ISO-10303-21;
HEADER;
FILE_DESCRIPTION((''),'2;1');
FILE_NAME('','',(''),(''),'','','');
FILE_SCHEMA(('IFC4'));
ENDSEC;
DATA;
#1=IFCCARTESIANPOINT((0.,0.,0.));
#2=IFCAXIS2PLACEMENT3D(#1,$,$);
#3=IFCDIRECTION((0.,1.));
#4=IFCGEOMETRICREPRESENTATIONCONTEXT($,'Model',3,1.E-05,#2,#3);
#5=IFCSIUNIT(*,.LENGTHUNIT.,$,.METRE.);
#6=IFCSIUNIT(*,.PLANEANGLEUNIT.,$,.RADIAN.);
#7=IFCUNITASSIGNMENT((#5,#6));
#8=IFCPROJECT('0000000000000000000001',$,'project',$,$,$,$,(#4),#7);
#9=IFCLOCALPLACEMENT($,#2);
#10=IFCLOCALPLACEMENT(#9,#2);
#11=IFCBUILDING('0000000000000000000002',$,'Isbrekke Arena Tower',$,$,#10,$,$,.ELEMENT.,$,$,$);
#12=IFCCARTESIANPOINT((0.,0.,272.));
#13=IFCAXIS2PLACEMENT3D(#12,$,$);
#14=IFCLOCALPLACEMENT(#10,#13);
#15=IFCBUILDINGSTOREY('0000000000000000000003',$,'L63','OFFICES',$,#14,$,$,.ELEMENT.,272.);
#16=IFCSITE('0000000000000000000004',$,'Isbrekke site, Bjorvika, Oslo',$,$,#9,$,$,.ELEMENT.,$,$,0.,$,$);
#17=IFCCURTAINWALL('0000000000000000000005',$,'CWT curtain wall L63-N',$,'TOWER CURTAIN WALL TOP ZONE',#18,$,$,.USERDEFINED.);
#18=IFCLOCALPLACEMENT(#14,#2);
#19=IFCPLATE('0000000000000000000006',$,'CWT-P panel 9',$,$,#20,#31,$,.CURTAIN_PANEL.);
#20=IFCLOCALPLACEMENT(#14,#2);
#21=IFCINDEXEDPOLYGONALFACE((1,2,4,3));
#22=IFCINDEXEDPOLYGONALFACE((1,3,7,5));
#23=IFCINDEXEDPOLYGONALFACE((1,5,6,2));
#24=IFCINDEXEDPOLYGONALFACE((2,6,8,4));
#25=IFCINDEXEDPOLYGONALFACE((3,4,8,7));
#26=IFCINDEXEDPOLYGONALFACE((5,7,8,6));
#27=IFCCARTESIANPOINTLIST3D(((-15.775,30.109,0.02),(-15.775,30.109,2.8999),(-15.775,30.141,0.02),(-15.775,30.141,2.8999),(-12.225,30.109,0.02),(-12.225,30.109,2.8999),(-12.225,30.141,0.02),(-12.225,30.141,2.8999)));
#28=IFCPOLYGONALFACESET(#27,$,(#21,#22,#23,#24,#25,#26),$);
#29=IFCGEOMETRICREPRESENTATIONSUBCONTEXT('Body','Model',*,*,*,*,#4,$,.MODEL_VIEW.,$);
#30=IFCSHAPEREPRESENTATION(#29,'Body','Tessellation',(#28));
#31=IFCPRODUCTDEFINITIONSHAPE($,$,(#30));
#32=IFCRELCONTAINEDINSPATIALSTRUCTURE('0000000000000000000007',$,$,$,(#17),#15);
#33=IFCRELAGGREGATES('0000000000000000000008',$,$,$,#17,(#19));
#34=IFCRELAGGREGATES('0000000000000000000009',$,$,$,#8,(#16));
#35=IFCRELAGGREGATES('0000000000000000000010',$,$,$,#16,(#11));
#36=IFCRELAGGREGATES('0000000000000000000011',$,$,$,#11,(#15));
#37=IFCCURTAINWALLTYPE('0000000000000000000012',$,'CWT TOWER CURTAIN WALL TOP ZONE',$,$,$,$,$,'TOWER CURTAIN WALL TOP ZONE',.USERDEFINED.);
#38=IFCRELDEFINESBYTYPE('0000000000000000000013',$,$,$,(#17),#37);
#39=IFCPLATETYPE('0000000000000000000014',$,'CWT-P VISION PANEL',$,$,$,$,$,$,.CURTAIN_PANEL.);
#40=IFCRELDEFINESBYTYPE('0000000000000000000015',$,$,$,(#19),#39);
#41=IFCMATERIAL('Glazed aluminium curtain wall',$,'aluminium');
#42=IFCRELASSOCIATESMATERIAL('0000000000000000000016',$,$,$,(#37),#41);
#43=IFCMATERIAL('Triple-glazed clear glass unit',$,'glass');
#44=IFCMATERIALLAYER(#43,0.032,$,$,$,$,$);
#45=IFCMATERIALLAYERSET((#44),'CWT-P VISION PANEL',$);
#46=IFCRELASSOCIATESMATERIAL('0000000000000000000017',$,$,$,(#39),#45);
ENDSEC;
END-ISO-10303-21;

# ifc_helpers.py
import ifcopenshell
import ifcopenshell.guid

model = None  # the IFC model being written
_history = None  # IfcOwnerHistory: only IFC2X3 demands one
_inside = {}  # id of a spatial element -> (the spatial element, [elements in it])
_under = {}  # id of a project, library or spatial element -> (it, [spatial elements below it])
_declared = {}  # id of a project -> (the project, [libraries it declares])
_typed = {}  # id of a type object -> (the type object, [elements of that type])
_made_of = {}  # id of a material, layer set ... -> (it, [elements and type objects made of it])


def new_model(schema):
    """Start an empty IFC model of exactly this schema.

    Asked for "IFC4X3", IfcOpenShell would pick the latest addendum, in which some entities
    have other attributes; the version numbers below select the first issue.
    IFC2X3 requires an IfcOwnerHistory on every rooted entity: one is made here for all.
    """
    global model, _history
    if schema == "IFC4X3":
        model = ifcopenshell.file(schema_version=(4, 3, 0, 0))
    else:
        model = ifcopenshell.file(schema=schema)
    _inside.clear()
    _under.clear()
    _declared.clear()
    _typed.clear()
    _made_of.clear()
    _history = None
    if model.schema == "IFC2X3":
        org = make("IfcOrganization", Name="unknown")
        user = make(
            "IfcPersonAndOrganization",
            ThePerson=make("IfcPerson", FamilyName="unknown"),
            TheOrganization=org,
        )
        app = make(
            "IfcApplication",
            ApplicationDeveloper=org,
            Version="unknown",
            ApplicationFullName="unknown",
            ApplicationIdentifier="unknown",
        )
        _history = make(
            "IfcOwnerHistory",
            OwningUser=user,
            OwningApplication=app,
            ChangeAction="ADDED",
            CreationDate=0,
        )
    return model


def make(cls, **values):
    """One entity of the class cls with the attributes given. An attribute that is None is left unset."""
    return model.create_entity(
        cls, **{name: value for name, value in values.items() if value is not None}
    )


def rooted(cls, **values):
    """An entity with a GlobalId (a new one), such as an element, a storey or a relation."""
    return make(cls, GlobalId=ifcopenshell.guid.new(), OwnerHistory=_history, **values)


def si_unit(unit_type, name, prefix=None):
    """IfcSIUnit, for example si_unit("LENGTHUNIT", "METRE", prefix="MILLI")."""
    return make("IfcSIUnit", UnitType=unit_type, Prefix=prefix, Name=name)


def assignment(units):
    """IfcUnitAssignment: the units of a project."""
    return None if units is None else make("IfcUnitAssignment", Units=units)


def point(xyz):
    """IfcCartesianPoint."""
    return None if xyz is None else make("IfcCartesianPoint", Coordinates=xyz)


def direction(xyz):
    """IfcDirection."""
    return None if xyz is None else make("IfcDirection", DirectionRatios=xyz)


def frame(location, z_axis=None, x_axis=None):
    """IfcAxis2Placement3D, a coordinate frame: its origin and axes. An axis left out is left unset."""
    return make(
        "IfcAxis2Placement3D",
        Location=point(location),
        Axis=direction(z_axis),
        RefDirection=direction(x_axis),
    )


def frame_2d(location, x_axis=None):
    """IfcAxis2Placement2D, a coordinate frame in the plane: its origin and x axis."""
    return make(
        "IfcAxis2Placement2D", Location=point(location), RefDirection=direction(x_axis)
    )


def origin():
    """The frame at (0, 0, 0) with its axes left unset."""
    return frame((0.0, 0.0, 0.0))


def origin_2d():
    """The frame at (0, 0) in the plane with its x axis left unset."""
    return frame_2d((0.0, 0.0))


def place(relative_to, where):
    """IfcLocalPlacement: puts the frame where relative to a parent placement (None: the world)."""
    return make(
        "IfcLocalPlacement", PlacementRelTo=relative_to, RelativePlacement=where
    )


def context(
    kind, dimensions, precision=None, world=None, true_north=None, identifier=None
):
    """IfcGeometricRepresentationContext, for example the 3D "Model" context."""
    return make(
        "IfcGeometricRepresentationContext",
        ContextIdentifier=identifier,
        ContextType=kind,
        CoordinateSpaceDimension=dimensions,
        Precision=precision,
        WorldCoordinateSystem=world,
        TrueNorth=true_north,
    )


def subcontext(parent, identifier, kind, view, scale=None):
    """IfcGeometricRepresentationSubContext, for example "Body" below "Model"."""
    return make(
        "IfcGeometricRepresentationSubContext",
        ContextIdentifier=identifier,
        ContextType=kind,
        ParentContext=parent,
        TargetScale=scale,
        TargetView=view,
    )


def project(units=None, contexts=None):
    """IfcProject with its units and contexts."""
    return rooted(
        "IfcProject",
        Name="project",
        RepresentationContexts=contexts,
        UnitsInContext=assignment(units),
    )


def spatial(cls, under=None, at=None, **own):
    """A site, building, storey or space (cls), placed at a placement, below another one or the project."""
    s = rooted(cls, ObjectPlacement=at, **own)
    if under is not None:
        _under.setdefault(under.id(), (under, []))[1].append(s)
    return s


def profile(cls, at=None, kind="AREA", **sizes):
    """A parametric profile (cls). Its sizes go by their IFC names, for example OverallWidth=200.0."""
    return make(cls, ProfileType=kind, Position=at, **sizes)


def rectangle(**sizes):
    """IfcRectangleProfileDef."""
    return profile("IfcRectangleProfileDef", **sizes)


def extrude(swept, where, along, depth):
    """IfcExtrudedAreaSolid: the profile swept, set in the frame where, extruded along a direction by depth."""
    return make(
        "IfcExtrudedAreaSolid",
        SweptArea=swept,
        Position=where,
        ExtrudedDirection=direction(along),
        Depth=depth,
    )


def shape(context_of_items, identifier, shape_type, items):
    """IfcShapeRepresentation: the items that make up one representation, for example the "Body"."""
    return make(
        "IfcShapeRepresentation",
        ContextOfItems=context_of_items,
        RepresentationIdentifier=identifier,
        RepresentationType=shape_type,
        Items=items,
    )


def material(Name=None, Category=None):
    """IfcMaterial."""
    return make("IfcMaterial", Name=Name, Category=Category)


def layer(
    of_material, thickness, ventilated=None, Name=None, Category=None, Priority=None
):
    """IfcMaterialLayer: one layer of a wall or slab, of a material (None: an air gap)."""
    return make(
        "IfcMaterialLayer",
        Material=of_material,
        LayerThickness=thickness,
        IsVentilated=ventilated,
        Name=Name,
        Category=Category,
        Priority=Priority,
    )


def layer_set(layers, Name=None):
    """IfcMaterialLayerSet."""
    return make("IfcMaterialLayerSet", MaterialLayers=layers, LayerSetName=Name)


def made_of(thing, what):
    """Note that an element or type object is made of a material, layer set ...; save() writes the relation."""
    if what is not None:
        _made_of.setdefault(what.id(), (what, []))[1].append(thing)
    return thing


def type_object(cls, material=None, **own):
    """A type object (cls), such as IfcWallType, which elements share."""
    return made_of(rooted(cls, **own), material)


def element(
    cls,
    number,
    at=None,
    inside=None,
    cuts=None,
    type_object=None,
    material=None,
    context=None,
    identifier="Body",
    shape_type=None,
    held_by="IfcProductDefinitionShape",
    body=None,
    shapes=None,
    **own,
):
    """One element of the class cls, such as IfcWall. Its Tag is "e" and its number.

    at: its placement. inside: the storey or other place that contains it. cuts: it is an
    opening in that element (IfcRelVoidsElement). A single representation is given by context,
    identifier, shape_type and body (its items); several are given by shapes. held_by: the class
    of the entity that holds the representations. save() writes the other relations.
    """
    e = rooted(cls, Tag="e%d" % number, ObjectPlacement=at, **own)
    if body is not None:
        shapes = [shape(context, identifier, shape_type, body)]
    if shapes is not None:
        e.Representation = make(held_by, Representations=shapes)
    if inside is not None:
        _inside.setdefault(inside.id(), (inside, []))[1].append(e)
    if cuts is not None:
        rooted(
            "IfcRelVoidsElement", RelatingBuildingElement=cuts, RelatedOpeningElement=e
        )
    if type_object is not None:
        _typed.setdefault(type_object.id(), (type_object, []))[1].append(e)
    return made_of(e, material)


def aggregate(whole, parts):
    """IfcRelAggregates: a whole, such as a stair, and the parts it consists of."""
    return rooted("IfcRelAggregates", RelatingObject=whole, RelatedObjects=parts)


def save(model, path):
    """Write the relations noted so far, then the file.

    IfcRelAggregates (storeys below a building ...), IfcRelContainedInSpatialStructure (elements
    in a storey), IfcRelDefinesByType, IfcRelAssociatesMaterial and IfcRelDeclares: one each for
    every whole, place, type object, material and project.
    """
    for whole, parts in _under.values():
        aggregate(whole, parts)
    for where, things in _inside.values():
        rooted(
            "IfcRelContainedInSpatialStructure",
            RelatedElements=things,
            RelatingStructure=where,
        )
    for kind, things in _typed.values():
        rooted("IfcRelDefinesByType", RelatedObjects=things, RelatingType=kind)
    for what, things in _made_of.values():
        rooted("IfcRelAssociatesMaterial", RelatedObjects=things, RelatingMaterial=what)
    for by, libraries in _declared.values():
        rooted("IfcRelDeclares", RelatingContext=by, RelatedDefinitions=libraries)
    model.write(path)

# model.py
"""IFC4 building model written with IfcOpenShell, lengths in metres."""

from ifc_helpers import new_model, si_unit, direction, frame, origin, origin_2d, place, context, subcontext, project, spatial, rectangle, extrude, material, layer, layer_set, type_object, element, aggregate, save


model = new_model("IFC4")

# Units and contexts
model_context = context("Model", 3, precision=1e-05, world=origin(), true_north=direction((0.0, 1.0)))
body_context = subcontext(model_context, "Body", "Model", "MODEL_VIEW")
ifc_project = project(units=[si_unit("LENGTHUNIT", "METRE"), si_unit("PLANEANGLEUNIT", "RADIAN")], contexts=[model_context])

# Site, building, storey
site_placement = place(None, origin())
site = spatial("IfcSite", under=ifc_project, at=site_placement, Name="Isbrekke site, Bjorvika, Oslo", CompositionType="ELEMENT", RefElevation=0.0)
building_placement = place(site_placement, origin())
building = spatial("IfcBuilding", under=site, at=building_placement, Name="Isbrekke Arena Tower", CompositionType="ELEMENT")
storey_placement = place(building_placement, frame((0.0, 0.0, 272.0)))
storey = spatial("IfcBuildingStorey", under=building, at=storey_placement, Name="L63", Description="OFFICES", CompositionType="ELEMENT", Elevation=272.0)

# Curtain wall
ifc_material_1 = material(Name="Glazed aluminium curtain wall", Category="aluminium")
curtain_wall_type = type_object("IfcCurtainWallType", Name="CWT TOWER CURTAIN WALL TOP ZONE", ElementType="TOWER CURTAIN WALL TOP ZONE", PredefinedType="USERDEFINED", material=ifc_material_1)
curtain_wall_placement = place(storey_placement, origin())
curtain_wall = element("IfcCurtainWall", 1, at=curtain_wall_placement, inside=storey, type_object=curtain_wall_type, Name="CWT curtain wall L63-N", ObjectType="TOWER CURTAIN WALL TOP ZONE", PredefinedType="USERDEFINED")

# Plate
ifc_material_2 = material(Name="Triple-glazed clear glass unit", Category="glass")
ifc_layer = layer(ifc_material_2, 0.032)
ifc_layer_set = layer_set([ifc_layer], Name="CWT-P VISION PANEL")
plate_type = type_object("IfcPlateType", Name="CWT-P VISION PANEL", PredefinedType="CURTAIN_PANEL", material=ifc_layer_set)
plate_1_placement = place(storey_placement, frame((-14.0, 30.125, 0.02), z_axis=(0.0, 0.0, 1.0), x_axis=(-1.0, 0.0, 0.0)))
plate_1 = element("IfcPlate", 2, at=plate_1_placement, type_object=plate_type, Name="CWT-P panel 9", PredefinedType="CURTAIN_PANEL", context=body_context, shape_type="SweptSolid", body=[
    extrude(rectangle(XDim=3.55, YDim=0.032, at=origin_2d()), origin(), (0.0, 0.0, 1.0), 2.8799),
])
aggregate(curtain_wall, [plate_1])

save(model, "model.ifc")
